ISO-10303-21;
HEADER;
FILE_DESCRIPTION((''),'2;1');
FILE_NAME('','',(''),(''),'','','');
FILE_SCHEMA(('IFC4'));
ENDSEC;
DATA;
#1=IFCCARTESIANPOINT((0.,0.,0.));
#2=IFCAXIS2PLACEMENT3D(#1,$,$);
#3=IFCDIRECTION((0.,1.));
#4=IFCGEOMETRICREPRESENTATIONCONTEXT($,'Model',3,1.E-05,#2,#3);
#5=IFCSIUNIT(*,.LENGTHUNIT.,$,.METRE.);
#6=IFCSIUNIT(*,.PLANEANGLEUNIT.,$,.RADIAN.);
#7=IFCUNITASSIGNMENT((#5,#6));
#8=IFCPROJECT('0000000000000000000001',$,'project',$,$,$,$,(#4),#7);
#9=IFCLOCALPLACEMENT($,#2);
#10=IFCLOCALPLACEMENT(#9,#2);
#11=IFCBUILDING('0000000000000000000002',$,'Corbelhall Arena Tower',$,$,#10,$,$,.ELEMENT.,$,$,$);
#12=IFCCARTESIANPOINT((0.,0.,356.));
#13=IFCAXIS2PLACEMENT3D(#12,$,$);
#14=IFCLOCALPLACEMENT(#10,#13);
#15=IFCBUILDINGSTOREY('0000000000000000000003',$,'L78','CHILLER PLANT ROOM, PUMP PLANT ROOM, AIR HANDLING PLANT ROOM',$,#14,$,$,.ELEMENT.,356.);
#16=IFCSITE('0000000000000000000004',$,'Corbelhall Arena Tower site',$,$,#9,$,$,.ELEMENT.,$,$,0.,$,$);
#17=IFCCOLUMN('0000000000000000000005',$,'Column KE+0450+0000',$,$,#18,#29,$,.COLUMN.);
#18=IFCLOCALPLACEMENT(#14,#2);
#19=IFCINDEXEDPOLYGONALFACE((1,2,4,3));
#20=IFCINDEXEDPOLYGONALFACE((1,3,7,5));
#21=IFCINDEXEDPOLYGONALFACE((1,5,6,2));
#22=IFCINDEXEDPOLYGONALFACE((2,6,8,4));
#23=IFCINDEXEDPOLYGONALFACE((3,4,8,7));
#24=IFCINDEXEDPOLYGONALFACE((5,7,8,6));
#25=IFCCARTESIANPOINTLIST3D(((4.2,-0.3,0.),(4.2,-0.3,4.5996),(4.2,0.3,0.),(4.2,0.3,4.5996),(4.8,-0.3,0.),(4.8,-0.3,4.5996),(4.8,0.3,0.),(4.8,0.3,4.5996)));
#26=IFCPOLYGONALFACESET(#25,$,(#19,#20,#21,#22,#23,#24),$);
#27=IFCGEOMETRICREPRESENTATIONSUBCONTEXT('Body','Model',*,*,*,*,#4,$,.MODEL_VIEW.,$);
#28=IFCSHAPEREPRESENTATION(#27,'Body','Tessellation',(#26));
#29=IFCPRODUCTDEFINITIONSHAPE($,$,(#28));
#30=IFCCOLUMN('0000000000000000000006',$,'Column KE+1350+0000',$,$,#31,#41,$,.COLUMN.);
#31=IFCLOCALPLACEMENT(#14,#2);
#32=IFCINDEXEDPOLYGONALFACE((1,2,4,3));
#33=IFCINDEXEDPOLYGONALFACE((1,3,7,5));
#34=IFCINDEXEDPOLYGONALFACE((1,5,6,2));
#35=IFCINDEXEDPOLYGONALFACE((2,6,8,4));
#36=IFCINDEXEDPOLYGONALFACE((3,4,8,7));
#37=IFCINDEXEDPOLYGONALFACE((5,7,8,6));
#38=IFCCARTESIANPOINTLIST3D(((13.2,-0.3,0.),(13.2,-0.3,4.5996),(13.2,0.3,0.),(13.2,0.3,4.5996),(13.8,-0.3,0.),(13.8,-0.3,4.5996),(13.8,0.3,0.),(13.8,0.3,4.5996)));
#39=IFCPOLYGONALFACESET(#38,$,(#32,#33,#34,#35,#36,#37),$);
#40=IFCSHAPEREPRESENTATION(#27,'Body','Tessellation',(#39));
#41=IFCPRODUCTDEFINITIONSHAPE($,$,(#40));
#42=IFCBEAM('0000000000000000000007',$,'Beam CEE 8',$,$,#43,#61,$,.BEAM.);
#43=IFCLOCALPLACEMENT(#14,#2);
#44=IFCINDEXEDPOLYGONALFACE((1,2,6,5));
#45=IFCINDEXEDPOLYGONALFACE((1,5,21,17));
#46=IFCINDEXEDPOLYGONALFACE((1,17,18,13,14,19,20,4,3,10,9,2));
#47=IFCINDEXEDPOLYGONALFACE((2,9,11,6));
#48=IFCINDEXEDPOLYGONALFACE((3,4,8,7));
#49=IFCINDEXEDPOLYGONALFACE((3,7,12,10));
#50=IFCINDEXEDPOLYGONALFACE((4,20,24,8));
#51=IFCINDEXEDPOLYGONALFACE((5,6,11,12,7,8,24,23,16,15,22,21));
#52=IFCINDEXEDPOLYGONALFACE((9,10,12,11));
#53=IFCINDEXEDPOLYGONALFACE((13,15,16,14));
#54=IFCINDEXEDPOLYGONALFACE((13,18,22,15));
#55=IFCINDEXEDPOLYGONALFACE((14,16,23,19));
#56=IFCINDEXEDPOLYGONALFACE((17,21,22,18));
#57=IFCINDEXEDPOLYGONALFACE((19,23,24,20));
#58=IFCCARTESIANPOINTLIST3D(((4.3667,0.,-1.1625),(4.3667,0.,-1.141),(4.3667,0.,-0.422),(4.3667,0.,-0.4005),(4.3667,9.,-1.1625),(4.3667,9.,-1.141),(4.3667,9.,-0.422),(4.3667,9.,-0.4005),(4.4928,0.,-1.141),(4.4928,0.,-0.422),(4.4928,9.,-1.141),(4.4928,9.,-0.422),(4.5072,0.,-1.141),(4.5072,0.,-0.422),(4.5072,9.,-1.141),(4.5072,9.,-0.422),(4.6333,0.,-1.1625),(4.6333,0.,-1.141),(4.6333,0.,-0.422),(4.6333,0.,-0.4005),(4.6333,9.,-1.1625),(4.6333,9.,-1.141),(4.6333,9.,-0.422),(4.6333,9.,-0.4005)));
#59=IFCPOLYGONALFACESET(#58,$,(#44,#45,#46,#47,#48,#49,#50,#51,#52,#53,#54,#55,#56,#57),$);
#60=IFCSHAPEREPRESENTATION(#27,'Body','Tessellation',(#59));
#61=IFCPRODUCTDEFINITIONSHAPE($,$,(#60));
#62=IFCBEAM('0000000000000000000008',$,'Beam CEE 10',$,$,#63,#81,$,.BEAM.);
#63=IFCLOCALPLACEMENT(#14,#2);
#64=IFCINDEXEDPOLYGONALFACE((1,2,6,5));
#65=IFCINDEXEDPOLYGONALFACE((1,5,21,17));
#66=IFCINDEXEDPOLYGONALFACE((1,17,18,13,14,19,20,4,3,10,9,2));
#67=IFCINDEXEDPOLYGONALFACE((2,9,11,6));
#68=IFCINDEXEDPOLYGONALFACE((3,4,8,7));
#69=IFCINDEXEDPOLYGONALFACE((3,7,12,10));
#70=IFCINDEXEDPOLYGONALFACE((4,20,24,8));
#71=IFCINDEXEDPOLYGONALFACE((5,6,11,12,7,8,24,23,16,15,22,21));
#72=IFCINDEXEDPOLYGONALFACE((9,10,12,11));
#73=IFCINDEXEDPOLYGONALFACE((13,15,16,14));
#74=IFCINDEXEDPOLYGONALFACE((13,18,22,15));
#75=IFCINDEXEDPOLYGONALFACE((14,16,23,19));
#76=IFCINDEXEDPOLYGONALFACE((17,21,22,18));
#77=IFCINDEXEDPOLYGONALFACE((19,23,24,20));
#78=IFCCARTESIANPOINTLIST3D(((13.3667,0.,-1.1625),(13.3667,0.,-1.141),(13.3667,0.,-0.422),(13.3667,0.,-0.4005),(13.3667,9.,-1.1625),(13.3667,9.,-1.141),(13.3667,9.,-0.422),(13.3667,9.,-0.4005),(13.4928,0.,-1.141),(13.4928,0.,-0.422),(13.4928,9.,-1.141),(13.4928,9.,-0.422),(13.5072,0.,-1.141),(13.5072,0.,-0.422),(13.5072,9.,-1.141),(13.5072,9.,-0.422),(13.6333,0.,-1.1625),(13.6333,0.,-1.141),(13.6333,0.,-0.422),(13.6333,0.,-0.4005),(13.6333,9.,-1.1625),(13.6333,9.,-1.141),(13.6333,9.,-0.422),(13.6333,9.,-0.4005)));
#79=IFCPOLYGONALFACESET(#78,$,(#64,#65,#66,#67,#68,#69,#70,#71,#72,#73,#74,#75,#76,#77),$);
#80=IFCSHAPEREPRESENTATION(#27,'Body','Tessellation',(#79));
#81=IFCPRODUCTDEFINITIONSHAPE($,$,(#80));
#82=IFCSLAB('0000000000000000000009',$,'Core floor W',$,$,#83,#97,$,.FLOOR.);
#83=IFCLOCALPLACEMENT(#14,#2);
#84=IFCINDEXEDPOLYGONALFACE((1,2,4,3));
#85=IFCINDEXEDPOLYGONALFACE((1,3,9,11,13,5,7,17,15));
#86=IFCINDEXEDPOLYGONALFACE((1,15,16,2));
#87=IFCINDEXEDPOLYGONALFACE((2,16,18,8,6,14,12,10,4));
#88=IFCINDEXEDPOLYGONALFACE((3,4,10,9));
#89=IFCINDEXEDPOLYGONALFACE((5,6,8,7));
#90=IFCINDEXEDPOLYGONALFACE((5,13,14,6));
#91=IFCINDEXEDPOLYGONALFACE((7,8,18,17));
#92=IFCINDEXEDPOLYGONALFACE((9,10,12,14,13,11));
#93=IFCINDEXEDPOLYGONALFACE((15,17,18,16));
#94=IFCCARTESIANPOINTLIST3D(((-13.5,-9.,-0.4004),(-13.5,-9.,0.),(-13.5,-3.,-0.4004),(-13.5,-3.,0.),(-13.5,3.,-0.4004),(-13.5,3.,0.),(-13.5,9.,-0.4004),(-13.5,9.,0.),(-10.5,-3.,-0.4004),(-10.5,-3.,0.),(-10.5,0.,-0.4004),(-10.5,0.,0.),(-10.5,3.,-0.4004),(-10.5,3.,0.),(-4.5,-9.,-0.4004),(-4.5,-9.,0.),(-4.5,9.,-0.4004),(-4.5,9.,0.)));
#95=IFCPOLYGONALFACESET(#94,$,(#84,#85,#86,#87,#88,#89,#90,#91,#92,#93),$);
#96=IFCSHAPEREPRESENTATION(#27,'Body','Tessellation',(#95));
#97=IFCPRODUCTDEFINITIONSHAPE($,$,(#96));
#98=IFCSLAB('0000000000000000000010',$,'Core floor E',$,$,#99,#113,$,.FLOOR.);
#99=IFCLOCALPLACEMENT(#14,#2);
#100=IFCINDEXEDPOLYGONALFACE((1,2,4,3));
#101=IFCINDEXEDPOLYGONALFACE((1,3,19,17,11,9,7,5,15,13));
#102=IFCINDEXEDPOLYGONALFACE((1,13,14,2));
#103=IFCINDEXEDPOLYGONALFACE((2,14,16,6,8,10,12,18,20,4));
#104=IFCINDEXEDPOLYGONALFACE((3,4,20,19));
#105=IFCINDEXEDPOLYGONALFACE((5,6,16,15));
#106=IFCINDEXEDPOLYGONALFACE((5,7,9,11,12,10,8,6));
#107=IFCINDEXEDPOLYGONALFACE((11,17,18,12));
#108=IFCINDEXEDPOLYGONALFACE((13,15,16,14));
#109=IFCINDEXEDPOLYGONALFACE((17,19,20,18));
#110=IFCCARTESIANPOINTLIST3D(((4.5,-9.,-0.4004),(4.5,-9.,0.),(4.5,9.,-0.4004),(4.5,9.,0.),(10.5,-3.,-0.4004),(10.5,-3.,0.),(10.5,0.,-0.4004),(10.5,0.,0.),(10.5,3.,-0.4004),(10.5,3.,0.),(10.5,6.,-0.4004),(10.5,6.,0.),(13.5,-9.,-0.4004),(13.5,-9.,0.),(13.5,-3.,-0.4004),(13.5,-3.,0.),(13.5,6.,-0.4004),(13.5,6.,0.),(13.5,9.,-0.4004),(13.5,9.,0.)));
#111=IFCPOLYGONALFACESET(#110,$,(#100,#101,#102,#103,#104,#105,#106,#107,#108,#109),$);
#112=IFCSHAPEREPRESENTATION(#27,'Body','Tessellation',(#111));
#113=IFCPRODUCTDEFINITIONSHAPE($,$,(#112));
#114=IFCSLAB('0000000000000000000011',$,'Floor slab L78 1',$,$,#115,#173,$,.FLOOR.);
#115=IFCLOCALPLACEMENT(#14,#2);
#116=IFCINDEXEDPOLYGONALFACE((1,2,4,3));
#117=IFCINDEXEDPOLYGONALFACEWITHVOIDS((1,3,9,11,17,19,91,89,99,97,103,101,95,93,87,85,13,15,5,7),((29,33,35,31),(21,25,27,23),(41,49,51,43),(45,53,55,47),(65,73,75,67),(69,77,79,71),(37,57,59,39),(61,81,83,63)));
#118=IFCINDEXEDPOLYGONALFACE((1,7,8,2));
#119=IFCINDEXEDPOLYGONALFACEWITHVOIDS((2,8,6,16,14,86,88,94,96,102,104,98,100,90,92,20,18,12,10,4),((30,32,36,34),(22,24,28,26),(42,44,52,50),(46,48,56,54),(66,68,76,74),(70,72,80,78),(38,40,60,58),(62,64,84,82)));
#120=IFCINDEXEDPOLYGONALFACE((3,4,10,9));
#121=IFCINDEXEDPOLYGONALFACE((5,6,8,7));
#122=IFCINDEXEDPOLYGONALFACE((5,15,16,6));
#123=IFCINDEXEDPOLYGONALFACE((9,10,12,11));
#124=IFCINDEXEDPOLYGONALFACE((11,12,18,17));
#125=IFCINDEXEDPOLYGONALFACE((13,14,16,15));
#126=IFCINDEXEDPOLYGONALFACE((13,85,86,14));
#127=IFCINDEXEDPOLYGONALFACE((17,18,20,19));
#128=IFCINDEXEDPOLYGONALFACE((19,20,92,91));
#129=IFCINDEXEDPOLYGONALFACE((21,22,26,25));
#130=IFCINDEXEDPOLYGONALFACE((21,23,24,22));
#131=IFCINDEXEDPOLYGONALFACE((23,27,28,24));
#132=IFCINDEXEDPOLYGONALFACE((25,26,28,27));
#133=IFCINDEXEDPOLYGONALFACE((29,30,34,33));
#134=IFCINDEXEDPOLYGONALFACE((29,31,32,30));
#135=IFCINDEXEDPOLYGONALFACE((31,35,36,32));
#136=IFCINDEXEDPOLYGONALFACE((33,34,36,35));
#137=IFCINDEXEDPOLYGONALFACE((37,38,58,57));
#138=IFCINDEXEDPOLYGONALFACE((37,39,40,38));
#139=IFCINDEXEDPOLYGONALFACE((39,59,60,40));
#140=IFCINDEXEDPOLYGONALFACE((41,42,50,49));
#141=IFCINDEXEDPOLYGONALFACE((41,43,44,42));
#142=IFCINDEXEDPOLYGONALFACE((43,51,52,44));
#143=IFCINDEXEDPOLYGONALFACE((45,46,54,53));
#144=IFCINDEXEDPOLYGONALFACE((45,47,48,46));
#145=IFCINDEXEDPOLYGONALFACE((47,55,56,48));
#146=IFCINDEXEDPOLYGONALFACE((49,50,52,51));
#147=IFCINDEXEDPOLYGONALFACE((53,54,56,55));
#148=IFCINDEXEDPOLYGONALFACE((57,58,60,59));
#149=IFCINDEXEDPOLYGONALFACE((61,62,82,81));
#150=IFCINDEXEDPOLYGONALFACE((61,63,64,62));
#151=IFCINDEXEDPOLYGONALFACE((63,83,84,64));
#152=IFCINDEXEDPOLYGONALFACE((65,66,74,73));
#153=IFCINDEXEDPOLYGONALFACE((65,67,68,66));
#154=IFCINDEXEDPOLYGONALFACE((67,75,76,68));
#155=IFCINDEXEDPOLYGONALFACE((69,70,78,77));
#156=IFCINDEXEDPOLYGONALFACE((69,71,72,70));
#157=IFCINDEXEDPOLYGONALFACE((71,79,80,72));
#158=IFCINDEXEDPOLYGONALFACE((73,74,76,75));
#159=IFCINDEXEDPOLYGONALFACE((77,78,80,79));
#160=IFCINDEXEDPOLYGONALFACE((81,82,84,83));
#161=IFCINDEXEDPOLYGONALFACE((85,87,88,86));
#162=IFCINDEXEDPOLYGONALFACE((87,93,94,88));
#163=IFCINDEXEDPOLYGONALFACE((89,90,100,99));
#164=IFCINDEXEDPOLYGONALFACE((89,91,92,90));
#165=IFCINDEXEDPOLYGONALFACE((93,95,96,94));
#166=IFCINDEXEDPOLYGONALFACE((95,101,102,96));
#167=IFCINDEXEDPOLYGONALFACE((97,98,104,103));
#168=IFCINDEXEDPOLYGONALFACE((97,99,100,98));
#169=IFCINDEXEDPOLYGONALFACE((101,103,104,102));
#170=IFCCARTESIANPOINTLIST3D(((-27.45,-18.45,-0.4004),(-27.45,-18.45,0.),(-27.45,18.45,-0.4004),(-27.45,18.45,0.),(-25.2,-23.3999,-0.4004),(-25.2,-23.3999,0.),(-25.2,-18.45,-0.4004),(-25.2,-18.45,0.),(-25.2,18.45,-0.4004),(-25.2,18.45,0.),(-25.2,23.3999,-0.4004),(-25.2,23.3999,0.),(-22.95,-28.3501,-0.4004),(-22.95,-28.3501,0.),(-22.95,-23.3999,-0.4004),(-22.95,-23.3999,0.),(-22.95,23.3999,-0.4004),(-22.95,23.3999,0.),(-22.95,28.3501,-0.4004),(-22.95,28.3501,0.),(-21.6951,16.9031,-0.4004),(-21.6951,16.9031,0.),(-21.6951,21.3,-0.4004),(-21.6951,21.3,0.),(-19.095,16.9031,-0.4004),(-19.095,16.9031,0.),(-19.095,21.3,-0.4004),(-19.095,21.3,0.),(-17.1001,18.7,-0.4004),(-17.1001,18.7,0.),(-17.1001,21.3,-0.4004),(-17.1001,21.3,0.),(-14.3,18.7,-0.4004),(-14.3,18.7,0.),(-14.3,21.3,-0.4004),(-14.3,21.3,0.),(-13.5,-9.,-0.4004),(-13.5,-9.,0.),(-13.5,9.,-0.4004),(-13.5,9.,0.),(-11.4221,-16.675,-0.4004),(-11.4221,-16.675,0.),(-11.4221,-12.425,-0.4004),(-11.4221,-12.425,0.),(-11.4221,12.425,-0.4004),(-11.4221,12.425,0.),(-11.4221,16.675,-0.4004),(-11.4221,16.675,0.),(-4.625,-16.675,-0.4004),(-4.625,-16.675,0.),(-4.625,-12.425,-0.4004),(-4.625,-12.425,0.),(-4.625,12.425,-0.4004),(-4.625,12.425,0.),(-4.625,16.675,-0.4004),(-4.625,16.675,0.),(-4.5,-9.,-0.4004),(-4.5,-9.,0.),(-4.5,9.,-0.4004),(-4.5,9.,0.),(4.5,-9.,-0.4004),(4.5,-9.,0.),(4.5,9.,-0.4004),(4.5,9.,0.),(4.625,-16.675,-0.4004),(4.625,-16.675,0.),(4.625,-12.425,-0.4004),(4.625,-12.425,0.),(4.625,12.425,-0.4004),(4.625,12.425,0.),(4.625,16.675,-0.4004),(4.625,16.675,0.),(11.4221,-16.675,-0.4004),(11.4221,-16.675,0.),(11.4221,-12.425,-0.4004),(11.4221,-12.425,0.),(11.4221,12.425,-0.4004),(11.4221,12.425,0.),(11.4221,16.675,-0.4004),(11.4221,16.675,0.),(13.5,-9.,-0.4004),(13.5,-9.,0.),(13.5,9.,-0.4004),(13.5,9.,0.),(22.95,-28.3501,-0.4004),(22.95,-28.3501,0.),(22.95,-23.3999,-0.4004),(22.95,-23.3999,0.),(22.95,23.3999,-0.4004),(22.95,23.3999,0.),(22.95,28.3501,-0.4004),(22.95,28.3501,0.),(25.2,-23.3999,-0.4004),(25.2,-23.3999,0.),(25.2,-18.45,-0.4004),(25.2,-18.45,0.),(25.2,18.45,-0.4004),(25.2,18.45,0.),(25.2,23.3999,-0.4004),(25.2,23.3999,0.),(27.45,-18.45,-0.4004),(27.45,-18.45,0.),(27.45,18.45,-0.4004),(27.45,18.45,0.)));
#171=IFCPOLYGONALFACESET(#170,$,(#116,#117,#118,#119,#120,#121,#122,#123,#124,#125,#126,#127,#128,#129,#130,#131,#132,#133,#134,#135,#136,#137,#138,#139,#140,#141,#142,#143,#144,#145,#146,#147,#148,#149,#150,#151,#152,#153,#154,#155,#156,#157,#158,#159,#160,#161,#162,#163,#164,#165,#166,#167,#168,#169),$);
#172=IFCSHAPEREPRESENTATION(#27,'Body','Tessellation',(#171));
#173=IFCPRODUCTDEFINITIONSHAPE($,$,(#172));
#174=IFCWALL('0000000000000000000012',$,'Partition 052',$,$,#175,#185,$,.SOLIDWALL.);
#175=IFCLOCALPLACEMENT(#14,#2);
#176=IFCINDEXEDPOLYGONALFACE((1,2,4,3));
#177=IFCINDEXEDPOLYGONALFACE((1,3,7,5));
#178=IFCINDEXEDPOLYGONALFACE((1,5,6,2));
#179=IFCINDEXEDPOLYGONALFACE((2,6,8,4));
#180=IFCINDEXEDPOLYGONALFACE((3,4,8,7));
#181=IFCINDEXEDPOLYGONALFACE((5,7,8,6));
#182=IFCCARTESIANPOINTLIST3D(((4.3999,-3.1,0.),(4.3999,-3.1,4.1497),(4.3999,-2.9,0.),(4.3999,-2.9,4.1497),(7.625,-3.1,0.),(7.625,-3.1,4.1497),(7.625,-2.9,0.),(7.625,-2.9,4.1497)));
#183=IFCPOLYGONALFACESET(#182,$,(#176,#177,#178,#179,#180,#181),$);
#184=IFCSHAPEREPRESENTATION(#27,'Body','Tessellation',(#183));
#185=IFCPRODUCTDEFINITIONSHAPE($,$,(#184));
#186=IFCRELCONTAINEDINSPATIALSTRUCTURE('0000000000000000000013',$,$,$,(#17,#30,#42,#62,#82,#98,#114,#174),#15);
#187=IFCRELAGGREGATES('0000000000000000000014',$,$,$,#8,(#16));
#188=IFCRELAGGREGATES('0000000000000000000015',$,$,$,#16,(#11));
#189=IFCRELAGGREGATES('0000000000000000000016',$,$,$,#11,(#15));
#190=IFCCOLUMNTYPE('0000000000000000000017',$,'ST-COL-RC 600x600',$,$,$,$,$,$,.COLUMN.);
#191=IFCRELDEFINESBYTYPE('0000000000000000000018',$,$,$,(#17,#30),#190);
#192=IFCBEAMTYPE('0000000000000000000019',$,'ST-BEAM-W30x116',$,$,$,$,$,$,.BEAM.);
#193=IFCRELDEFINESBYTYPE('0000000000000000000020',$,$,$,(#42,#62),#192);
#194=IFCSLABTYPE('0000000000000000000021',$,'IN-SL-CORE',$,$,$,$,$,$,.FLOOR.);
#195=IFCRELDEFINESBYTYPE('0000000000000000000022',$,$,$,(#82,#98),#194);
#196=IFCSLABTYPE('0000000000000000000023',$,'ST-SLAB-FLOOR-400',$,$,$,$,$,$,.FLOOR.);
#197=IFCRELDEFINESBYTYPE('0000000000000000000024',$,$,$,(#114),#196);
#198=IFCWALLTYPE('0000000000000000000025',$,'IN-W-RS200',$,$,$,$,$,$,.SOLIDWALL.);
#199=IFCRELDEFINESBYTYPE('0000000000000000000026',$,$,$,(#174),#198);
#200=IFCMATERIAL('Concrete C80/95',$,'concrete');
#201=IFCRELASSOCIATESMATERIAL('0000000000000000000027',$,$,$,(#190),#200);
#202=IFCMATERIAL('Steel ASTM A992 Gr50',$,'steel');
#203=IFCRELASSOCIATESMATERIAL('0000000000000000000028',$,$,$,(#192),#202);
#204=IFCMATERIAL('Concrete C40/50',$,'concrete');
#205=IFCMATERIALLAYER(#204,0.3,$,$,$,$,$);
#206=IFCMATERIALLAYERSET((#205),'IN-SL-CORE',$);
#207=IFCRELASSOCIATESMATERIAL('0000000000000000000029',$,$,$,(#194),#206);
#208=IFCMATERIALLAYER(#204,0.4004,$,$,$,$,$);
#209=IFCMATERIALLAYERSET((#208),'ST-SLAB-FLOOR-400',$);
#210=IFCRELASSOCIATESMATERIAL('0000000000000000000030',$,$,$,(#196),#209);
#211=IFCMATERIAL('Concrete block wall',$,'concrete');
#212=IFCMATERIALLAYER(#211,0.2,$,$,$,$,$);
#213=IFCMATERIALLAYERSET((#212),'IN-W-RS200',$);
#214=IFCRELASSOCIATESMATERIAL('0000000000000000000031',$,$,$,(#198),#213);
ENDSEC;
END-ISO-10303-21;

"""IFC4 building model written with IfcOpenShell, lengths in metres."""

from ifc_helpers import new_model, si_unit, direction, frame, frame_2d, origin, origin_2d, place, context, subcontext, project, spatial, polyline, rectangle, i_section, outline, extrude, material, layer, layer_set, material_profile, profile_set, type_object, element, save


model = new_model("IFC4")

# Units and contexts
model_context = context("Model", 3, precision=1e-05, world=origin(), true_north=direction((0.0, 1.0)))
body_context = subcontext(model_context, "Body", "Model", "MODEL_VIEW")
ifc_project = project(units=[si_unit("LENGTHUNIT", "METRE"), si_unit("PLANEANGLEUNIT", "RADIAN")], contexts=[model_context])

# Site, building, storey
site_placement = place(None, origin())
site = spatial("IfcSite", under=ifc_project, at=site_placement, Name="Corbelhall Arena Tower site", CompositionType="ELEMENT", RefElevation=0.0)
building_placement = place(site_placement, origin())
building = spatial("IfcBuilding", under=site, at=building_placement, Name="Corbelhall Arena Tower", CompositionType="ELEMENT")
storey_placement = place(building_placement, frame((0.0, 0.0, 356.0)))
storey = spatial("IfcBuildingStorey", under=building, at=storey_placement, Name="L78", Description="CHILLER PLANT ROOM, PUMP PLANT ROOM, AIR HANDLING PLANT ROOM", CompositionType="ELEMENT", Elevation=356.0)

# Columns
ifc_material_1 = material(Name="Concrete C80/95", Category="concrete")
ifc_material_profile_1 = material_profile(ifc_material_1, rectangle(XDim=0.6001, YDim=0.6001, at=origin_2d()))
ifc_profile_set_1 = profile_set([ifc_material_profile_1], Name="Concrete C80/95")
column_type = type_object("IfcColumnType", Name="ST-COL-RC 600x600", PredefinedType="COLUMN", material=ifc_profile_set_1)
for number, where, z_axis, x_axis, name in (
    (1, (4.5, 0.0, 0.0), (0.0, 0.0, 1.0), (1.0, 0.0, 0.0), "Column KE+0450+0000"),
    (2, (13.5, 0.0, 0.0), (0.0, 0.0, 1.0), (1.0, 0.0, 0.0), "Column KE+1350+0000"),
):
    element("IfcColumn", number, at=place(storey_placement, frame(where, z_axis=z_axis, x_axis=x_axis)), inside=storey, type_object=column_type, Name=name, PredefinedType="COLUMN", context=body_context, shape_type="SweptSolid", body=[
        extrude(rectangle(XDim=0.6001, YDim=0.6001, at=origin_2d()), origin(), (0.0, 0.0, 1.0), 4.5996),
    ])

# Beams
ifc_material_2 = material(Name="Steel ASTM A992 Gr50", Category="steel")
ifc_material_profile_2 = material_profile(ifc_material_2, i_section(OverallWidth=0.2666, OverallDepth=0.762, WebThickness=0.0144, FlangeThickness=0.0215, at=origin_2d()))
ifc_profile_set_2 = profile_set([ifc_material_profile_2], Name="Steel ASTM A992 Gr50")
beam_type = type_object("IfcBeamType", Name="ST-BEAM-W30x116", PredefinedType="BEAM", material=ifc_profile_set_2)
for number, where, z_axis, x_axis, name in (
    (3, (4.5, 0.0, -0.7815), (0.0, 1.0, 0.0), (-1.0, 0.0, 0.0), "Beam CEE 8"),
    (4, (13.5, 0.0, -0.7815), (0.0, 1.0, 0.0), (-1.0, 0.0, 0.0), "Beam CEE 10"),
):
    element("IfcBeam", number, at=place(storey_placement, frame(where, z_axis=z_axis, x_axis=x_axis)), inside=storey, type_object=beam_type, Name=name, PredefinedType="BEAM", context=body_context, shape_type="SweptSolid", body=[
        extrude(i_section(OverallWidth=0.2666, OverallDepth=0.762, WebThickness=0.0144, FlangeThickness=0.0215, at=origin_2d()), origin(), (0.0, 0.0, 1.0), 9.0),
    ])

# Slabs
ifc_material_3 = material(Name="Concrete C40/50", Category="concrete")
ifc_layer_1 = layer(ifc_material_3, 0.3)
ifc_layer_set_1 = layer_set([ifc_layer_1], Name="IN-SL-CORE")
slab_type_1 = type_object("IfcSlabType", Name="IN-SL-CORE", PredefinedType="FLOOR", material=ifc_layer_set_1)
slab_1_placement = place(storey_placement, frame((0.0, 0.0, -0.4004)))
element("IfcSlab", 5, at=slab_1_placement, inside=storey, type_object=slab_type_1, Name="Core floor W", PredefinedType="FLOOR", context=body_context, shape_type="SweptSolid", body=[
    extrude(outline(polyline([(-4.5, 9.0), (-13.5, 9.0), (-13.5, 3.0), (-10.5, 3.0), (-10.5, 0.0), (-10.5, -3.0), (-13.5, -3.0), (-13.5, -9.0), (-4.5, -9.0), (-4.5, 9.0)])), origin(), (0.0, 0.0, 1.0), 0.4004),
])
slab_2_placement = place(storey_placement, frame((0.0, 0.0, -0.4004)))
element("IfcSlab", 6, at=slab_2_placement, inside=storey, type_object=slab_type_1, Name="Core floor E", PredefinedType="FLOOR", context=body_context, shape_type="SweptSolid", body=[
    extrude(outline(polyline([(4.5, 9.0), (4.5, -9.0), (13.5, -9.0), (13.5, -3.0), (10.5, -3.0), (10.5, 0.0), (10.5, 3.0), (10.5, 6.0), (13.5, 6.0), (13.5, 9.0), (4.5, 9.0)])), origin(), (0.0, 0.0, 1.0), 0.4004),
])
ifc_layer_2 = layer(ifc_material_3, 0.4004)
ifc_layer_set_2 = layer_set([ifc_layer_2], Name="ST-SLAB-FLOOR-400")
slab_type_2 = type_object("IfcSlabType", Name="ST-SLAB-FLOOR-400", PredefinedType="FLOOR", material=ifc_layer_set_2)
slab_3_placement = place(storey_placement, frame((0.0, 0.0, -0.4004)))
element("IfcSlab", 7, at=slab_3_placement, inside=storey, type_object=slab_type_2, Name="Floor slab L78 1", PredefinedType="FLOOR", context=body_context, shape_type="SweptSolid", body=[
    extrude(outline(polyline([(27.45, 18.45), (25.2, 18.45), (25.2, 23.3999), (22.95, 23.3999), (22.95, 28.3501), (-22.95, 28.3501), (-22.95, 23.3999), (-25.2, 23.3999), (-25.2, 18.45), (-27.45, 18.45), (-27.45, -18.45), (-25.2, -18.45), (-25.2, -23.3999), (-22.95, -23.3999), (-22.95, -28.3501), (22.95, -28.3501), (22.95, -23.3999), (25.2, -23.3999), (25.2, -18.45), (27.45, -18.45), (27.45, 18.45)]), holes=[polyline([(-13.5, 9.0), (-13.5, -9.0), (-4.5, -9.0), (-4.5, 9.0), (-13.5, 9.0)]), polyline([(4.5, 9.0), (4.5, -9.0), (13.5, -9.0), (13.5, 9.0), (4.5, 9.0)]), polyline([(-4.625, 16.675), (-11.4221, 16.675), (-11.4221, 12.425), (-4.625, 12.425), (-4.625, 16.675)]), polyline([(-4.625, -16.675), (-4.625, -12.425), (-11.4221, -12.425), (-11.4221, -16.675), (-4.625, -16.675)]), polyline([(11.4221, 16.675), (4.625, 16.675), (4.625, 12.425), (11.4221, 12.425), (11.4221, 16.675)]), polyline([(11.4221, -16.675), (11.4221, -12.425), (4.625, -12.425), (4.625, -16.675), (11.4221, -16.675)]), polyline([(-21.6951, 21.3), (-21.6951, 16.9031), (-19.095, 16.9031), (-19.095, 21.3), (-21.6951, 21.3)]), polyline([(-14.3, 21.3), (-17.1001, 21.3), (-17.1001, 18.7), (-14.3, 18.7), (-14.3, 21.3)])]), origin(), (0.0, 0.0, 1.0), 0.4004),
])

# Wall
ifc_material_4 = material(Name="Concrete block wall", Category="concrete")
ifc_layer_3 = layer(ifc_material_4, 0.2)
ifc_layer_set_3 = layer_set([ifc_layer_3], Name="IN-W-RS200")
wall_type_1 = type_object("IfcWallType", Name="IN-W-RS200", PredefinedType="SOLIDWALL", material=ifc_layer_set_3)
wall_1_placement = place(storey_placement, frame((4.3999, -3.0, 0.0), z_axis=(0.0, 0.0, 1.0), x_axis=(1.0, 0.0, 0.0)))
element("IfcWall", 8, at=wall_1_placement, inside=storey, type_object=wall_type_1, Name="Partition 052", PredefinedType="SOLIDWALL", context=body_context, shape_type="SweptSolid", body=[
    extrude(rectangle(XDim=3.2251, YDim=0.2, at=frame_2d((1.6125, 0.0))), origin(), (0.0, 0.0, 1.0), 4.1497),
])

save(model, "model.ifc")
